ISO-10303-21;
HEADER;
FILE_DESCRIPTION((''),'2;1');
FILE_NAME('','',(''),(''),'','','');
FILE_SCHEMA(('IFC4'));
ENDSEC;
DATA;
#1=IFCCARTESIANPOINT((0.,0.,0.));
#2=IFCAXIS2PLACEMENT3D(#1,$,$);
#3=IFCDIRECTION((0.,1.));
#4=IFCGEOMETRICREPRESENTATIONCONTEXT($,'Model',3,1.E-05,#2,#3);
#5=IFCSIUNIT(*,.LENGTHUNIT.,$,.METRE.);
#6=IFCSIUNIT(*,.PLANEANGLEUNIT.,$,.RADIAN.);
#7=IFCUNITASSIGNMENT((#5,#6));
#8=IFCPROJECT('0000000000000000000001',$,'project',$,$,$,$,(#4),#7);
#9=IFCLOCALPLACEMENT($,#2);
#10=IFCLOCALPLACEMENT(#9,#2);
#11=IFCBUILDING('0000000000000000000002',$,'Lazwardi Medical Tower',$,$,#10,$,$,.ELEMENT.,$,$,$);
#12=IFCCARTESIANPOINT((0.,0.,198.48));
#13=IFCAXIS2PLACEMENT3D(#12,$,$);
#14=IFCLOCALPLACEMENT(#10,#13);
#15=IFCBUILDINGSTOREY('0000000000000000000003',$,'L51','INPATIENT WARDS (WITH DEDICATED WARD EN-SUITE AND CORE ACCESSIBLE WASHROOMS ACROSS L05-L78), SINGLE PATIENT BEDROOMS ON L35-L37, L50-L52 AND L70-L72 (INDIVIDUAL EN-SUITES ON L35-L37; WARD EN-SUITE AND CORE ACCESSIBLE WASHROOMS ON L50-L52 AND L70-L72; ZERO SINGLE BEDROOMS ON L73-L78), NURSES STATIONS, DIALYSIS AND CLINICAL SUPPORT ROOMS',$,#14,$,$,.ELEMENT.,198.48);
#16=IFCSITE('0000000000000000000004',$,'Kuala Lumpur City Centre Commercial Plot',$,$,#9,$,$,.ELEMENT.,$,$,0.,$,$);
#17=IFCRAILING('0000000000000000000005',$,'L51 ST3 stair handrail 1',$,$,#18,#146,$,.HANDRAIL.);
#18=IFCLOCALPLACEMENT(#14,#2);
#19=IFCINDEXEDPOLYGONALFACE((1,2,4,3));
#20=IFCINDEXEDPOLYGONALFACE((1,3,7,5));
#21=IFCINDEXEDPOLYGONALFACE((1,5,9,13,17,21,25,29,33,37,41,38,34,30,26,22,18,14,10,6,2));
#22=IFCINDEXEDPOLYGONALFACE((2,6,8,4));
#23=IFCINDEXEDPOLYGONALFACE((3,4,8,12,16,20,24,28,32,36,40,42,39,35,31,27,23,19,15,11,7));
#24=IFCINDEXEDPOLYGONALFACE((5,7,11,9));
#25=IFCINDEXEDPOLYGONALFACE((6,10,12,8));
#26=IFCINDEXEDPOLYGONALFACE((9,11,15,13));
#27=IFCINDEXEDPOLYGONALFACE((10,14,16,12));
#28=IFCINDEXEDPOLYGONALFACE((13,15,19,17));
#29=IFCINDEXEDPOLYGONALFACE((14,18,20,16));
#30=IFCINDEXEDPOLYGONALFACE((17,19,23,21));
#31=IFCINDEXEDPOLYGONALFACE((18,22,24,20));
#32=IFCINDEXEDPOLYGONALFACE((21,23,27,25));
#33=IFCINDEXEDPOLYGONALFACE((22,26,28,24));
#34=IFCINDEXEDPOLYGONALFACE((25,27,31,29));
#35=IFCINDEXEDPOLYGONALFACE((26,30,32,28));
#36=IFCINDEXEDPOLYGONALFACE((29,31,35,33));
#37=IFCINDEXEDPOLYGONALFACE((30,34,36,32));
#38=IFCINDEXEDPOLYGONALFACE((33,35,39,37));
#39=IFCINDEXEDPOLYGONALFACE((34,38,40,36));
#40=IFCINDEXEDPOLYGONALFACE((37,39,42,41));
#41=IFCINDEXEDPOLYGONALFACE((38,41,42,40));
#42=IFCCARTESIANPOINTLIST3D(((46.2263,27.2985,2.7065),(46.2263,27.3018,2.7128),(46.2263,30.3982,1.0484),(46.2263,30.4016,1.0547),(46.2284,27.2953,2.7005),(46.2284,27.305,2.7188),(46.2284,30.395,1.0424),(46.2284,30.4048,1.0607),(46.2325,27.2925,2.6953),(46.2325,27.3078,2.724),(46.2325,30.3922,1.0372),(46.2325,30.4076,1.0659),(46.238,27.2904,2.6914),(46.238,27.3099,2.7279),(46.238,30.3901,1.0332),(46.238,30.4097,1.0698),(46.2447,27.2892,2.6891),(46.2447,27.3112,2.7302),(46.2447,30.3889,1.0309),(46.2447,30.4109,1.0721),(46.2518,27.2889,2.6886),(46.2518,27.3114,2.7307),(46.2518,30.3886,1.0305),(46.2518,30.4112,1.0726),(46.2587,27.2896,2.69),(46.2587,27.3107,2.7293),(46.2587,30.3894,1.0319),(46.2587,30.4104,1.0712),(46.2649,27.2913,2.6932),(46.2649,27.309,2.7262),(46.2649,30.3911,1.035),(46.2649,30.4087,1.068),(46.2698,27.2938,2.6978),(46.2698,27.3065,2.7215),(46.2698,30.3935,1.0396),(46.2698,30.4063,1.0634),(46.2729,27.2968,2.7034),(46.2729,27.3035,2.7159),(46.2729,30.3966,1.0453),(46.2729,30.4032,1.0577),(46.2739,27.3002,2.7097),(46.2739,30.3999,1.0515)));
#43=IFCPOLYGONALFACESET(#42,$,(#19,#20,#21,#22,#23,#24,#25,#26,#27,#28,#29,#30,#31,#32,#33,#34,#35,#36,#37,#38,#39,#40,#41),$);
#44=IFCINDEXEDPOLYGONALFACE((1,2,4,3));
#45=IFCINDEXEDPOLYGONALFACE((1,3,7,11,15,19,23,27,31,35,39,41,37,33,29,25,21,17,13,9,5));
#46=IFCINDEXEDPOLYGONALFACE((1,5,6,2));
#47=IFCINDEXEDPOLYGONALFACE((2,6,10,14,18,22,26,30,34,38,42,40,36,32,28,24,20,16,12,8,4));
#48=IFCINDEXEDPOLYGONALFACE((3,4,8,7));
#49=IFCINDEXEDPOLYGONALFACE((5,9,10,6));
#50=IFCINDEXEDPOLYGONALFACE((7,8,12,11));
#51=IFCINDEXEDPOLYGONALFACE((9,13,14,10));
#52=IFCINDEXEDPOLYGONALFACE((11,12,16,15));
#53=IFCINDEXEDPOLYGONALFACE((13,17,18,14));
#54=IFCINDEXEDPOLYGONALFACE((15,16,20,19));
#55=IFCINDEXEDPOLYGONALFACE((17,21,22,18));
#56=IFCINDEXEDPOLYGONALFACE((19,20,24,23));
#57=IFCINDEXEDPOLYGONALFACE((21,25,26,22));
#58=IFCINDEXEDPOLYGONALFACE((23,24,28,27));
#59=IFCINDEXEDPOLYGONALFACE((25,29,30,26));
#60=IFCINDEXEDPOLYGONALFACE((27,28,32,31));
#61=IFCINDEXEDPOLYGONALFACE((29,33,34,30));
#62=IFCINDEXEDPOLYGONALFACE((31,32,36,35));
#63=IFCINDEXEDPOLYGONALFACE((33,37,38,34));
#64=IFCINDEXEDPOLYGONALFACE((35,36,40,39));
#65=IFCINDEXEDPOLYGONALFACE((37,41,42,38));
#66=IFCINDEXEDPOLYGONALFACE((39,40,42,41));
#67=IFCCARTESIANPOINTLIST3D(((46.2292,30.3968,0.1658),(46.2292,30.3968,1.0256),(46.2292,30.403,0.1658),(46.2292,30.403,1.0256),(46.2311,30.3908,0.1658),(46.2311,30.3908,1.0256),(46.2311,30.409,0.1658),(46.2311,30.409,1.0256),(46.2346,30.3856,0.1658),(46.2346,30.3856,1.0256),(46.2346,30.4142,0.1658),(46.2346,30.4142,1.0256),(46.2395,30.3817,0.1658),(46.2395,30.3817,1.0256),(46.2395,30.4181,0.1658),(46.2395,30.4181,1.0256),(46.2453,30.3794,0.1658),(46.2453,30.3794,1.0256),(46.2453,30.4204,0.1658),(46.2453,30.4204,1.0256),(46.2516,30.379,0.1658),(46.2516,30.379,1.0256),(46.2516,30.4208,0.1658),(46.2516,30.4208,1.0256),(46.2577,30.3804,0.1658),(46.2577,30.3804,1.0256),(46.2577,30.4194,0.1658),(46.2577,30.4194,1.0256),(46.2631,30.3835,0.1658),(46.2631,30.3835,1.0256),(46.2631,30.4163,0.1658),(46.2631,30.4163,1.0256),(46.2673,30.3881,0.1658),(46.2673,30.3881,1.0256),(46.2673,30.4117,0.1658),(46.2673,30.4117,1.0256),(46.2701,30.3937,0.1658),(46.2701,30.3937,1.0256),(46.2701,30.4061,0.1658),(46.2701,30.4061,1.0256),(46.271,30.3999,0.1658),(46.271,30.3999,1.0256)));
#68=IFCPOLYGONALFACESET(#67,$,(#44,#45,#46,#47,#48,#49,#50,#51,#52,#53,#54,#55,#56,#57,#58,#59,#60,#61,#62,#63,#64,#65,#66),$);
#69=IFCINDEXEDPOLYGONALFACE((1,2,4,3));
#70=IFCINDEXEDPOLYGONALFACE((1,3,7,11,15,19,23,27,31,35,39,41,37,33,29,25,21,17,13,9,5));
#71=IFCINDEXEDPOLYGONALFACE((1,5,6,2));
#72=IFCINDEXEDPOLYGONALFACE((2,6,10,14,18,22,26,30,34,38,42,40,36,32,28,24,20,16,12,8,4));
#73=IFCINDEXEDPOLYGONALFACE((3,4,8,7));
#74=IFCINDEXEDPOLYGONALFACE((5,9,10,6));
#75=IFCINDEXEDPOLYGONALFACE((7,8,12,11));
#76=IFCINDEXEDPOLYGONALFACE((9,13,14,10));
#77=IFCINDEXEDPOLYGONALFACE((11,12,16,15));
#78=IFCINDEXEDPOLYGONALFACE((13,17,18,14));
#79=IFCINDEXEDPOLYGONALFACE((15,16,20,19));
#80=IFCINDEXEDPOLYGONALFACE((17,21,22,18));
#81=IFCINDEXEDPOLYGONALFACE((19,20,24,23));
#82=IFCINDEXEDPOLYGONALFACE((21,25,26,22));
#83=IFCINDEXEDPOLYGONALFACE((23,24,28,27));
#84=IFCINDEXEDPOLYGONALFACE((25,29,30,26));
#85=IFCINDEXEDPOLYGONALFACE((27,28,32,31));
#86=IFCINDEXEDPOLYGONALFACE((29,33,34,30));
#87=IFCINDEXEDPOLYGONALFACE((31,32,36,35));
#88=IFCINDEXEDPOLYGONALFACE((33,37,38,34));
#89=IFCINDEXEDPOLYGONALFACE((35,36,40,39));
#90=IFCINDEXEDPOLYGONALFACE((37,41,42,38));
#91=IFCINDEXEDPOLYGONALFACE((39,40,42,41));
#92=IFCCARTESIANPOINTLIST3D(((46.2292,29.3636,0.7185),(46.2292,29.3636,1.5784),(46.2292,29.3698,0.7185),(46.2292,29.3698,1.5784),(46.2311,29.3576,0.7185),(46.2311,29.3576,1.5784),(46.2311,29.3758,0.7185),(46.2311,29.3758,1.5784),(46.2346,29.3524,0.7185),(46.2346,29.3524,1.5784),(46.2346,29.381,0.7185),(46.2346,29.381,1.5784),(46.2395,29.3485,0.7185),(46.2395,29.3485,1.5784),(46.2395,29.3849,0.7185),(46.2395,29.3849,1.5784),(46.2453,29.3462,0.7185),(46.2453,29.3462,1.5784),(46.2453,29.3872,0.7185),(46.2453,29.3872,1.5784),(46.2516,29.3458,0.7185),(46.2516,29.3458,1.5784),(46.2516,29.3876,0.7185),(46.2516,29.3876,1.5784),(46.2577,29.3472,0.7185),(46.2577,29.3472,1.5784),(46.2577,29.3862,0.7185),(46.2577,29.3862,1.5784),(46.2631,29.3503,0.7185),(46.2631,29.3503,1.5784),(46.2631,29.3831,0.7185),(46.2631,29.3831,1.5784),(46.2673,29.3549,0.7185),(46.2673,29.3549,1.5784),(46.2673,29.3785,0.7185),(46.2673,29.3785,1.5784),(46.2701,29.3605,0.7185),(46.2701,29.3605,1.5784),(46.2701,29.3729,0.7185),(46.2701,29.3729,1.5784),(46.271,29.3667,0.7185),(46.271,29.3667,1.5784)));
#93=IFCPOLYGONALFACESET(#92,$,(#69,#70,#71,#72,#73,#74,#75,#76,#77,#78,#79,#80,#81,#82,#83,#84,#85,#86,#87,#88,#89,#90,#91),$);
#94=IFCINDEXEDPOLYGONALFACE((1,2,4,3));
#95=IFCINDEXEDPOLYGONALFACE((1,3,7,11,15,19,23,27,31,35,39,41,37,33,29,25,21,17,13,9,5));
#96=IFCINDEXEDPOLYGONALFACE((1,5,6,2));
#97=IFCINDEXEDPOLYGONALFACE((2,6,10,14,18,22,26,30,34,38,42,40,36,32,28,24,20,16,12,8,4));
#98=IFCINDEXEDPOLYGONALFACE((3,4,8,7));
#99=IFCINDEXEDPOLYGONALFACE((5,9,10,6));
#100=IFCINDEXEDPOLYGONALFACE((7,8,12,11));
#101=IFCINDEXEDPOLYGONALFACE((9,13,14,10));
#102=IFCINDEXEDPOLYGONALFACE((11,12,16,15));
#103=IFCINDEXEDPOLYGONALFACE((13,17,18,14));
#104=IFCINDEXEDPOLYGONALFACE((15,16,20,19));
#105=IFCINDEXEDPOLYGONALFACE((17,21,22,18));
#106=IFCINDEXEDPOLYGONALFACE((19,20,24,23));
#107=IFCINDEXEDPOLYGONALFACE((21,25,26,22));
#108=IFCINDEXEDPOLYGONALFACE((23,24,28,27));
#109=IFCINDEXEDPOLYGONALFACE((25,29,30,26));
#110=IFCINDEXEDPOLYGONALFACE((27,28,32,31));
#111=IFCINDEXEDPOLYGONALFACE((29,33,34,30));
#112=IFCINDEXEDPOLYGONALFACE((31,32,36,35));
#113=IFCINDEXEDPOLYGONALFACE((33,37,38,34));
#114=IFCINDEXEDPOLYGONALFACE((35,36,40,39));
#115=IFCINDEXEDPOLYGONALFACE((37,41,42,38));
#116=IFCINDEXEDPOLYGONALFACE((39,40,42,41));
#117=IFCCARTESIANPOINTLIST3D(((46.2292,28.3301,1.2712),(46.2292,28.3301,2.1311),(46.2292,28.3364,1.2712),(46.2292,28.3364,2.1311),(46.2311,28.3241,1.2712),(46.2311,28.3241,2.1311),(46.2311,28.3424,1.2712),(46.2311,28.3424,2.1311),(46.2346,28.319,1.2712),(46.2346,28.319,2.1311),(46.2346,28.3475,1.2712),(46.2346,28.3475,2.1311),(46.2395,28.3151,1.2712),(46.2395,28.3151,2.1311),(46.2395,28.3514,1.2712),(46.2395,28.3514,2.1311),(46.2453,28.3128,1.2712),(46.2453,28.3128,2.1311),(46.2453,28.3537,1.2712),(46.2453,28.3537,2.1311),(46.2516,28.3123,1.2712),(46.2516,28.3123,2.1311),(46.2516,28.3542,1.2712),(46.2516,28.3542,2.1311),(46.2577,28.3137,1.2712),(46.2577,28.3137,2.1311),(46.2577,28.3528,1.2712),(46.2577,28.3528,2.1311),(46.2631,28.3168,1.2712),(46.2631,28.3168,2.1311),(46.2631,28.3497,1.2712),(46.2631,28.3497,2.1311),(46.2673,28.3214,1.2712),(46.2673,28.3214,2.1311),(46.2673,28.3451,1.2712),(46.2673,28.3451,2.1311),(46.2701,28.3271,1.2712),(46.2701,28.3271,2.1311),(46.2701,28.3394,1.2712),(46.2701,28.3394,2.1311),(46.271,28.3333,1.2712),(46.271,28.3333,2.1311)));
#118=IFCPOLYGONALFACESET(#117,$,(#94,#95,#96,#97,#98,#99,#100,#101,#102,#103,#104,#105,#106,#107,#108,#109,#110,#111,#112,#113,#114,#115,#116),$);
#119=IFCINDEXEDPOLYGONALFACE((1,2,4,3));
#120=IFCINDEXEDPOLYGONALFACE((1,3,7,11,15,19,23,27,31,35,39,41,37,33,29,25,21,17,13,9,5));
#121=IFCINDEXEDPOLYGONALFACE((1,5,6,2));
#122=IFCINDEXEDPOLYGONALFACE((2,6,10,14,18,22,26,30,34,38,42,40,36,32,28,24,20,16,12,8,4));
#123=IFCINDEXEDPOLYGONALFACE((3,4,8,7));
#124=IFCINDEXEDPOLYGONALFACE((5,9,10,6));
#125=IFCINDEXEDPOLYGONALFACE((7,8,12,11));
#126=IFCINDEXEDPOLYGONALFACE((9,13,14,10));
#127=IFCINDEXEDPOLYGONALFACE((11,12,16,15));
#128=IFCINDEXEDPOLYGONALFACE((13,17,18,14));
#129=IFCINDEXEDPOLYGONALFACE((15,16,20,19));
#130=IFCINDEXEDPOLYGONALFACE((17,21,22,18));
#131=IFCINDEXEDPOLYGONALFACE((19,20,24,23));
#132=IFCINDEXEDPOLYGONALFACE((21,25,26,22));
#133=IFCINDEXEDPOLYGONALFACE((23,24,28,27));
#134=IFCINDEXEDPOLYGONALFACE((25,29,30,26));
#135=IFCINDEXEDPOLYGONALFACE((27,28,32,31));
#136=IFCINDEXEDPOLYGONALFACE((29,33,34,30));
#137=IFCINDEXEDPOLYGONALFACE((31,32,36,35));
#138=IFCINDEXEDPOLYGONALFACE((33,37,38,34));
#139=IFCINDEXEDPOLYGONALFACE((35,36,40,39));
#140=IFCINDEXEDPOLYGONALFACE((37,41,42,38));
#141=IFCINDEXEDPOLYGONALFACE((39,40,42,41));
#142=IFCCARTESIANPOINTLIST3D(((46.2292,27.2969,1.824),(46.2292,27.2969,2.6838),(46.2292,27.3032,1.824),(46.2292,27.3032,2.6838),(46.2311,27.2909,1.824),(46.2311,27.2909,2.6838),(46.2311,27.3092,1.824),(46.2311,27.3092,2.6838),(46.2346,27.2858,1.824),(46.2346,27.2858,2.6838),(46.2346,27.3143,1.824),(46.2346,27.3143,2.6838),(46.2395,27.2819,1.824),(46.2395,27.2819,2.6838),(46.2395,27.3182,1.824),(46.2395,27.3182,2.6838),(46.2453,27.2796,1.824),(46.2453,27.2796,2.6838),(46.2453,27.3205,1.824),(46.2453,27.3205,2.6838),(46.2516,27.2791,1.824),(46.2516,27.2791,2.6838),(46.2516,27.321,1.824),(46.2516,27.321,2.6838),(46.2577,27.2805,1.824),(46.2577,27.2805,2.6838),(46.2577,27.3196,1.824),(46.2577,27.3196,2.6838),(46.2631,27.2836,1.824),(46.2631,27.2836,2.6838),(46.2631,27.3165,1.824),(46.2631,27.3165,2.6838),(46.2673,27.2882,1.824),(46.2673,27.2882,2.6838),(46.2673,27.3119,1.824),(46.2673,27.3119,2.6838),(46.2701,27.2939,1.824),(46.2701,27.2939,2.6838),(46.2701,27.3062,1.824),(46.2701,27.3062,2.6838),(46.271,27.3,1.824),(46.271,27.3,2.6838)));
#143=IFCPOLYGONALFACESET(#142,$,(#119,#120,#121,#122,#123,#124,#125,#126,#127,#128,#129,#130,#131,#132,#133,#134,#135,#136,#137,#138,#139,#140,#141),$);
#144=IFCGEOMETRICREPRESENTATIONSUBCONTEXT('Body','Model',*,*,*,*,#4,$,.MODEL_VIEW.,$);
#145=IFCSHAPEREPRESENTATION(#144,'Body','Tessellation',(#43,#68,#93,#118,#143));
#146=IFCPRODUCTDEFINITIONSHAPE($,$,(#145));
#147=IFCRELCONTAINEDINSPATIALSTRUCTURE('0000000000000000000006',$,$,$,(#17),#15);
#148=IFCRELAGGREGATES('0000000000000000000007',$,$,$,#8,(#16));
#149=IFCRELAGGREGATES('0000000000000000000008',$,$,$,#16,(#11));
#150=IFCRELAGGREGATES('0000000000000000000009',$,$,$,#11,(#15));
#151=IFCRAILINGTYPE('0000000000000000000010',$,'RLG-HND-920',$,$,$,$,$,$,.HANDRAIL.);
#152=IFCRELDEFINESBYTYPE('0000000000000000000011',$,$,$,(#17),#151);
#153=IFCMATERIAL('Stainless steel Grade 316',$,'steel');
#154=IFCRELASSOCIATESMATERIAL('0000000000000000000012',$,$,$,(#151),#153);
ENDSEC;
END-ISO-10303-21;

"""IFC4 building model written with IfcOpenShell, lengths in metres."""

from ifc_helpers import new_model, si_unit, direction, frame, origin, origin_2d, place, context, subcontext, project, spatial, circle, extrude, material, type_object, element, save


model = new_model("IFC4")

# Units and contexts
model_context = context("Model", 3, precision=1e-05, world=origin(), true_north=direction((0.0, 1.0)))
body_context = subcontext(model_context, "Body", "Model", "MODEL_VIEW")
ifc_project = project(units=[si_unit("LENGTHUNIT", "METRE"), si_unit("PLANEANGLEUNIT", "RADIAN")], contexts=[model_context])

# Site, building, storey
site_placement = place(None, origin())
site = spatial("IfcSite", under=ifc_project, at=site_placement, Name="Kuala Lumpur City Centre Commercial Plot", CompositionType="ELEMENT", RefElevation=0.0)
building_placement = place(site_placement, origin())
building = spatial("IfcBuilding", under=site, at=building_placement, Name="Lazwardi Medical Tower", CompositionType="ELEMENT")
storey_placement = place(building_placement, frame((0.0, 0.0, 198.48)))
storey = spatial("IfcBuildingStorey", under=building, at=storey_placement, Name="L51", Description="INPATIENT WARDS (WITH DEDICATED WARD EN-SUITE AND CORE ACCESSIBLE WASHROOMS ACROSS L05-L78), SINGLE PATIENT BEDROOMS ON L35-L37, L50-L52 AND L70-L72 (INDIVIDUAL EN-SUITES ON L35-L37; WARD EN-SUITE AND CORE ACCESSIBLE WASHROOMS ON L50-L52 AND L70-L72; ZERO SINGLE BEDROOMS ON L73-L78), NURSES STATIONS, DIALYSIS AND CLINICAL SUPPORT ROOMS", CompositionType="ELEMENT", Elevation=198.48)

# Railing
ifc_material_1 = material(Name="Stainless steel Grade 316", Category="steel")
railing_type_1 = type_object("IfcRailingType", Name="RLG-HND-920", PredefinedType="HANDRAIL", material=ifc_material_1)
railing_1_placement = place(storey_placement, frame((46.25, 30.3999, 0.1658)))
element("IfcRailing", 1, at=railing_1_placement, inside=storey, type_object=railing_type_1, Name="L51 ST3 stair handrail 1", PredefinedType="HANDRAIL", context=body_context, shape_type="SweptSolid", body=[
    extrude(circle(Radius=0.0239, at=origin_2d()), frame((0.0, 0.0, 0.8857), z_axis=(0.0, -0.881768, 0.471684), x_axis=(1.0, 0.0, 0.0)), (0.0, 0.0, 1.0), 3.5154),
    extrude(circle(Radius=0.021, at=origin_2d()), origin(), (0.0, 0.0, 1.0), 0.8599),
    extrude(circle(Radius=0.021, at=origin_2d()), frame((0.0, -1.0332, 0.5527)), (0.0, 0.0, 1.0), 0.8599),
    extrude(circle(Radius=0.021, at=origin_2d()), frame((0.0, -2.0667, 1.1055)), (0.0, 0.0, 1.0), 0.8599),
    extrude(circle(Radius=0.021, at=origin_2d()), frame((0.0, -3.0999, 1.6582)), (0.0, 0.0, 1.0), 0.8599),
])

save(model, "model.ifc")
